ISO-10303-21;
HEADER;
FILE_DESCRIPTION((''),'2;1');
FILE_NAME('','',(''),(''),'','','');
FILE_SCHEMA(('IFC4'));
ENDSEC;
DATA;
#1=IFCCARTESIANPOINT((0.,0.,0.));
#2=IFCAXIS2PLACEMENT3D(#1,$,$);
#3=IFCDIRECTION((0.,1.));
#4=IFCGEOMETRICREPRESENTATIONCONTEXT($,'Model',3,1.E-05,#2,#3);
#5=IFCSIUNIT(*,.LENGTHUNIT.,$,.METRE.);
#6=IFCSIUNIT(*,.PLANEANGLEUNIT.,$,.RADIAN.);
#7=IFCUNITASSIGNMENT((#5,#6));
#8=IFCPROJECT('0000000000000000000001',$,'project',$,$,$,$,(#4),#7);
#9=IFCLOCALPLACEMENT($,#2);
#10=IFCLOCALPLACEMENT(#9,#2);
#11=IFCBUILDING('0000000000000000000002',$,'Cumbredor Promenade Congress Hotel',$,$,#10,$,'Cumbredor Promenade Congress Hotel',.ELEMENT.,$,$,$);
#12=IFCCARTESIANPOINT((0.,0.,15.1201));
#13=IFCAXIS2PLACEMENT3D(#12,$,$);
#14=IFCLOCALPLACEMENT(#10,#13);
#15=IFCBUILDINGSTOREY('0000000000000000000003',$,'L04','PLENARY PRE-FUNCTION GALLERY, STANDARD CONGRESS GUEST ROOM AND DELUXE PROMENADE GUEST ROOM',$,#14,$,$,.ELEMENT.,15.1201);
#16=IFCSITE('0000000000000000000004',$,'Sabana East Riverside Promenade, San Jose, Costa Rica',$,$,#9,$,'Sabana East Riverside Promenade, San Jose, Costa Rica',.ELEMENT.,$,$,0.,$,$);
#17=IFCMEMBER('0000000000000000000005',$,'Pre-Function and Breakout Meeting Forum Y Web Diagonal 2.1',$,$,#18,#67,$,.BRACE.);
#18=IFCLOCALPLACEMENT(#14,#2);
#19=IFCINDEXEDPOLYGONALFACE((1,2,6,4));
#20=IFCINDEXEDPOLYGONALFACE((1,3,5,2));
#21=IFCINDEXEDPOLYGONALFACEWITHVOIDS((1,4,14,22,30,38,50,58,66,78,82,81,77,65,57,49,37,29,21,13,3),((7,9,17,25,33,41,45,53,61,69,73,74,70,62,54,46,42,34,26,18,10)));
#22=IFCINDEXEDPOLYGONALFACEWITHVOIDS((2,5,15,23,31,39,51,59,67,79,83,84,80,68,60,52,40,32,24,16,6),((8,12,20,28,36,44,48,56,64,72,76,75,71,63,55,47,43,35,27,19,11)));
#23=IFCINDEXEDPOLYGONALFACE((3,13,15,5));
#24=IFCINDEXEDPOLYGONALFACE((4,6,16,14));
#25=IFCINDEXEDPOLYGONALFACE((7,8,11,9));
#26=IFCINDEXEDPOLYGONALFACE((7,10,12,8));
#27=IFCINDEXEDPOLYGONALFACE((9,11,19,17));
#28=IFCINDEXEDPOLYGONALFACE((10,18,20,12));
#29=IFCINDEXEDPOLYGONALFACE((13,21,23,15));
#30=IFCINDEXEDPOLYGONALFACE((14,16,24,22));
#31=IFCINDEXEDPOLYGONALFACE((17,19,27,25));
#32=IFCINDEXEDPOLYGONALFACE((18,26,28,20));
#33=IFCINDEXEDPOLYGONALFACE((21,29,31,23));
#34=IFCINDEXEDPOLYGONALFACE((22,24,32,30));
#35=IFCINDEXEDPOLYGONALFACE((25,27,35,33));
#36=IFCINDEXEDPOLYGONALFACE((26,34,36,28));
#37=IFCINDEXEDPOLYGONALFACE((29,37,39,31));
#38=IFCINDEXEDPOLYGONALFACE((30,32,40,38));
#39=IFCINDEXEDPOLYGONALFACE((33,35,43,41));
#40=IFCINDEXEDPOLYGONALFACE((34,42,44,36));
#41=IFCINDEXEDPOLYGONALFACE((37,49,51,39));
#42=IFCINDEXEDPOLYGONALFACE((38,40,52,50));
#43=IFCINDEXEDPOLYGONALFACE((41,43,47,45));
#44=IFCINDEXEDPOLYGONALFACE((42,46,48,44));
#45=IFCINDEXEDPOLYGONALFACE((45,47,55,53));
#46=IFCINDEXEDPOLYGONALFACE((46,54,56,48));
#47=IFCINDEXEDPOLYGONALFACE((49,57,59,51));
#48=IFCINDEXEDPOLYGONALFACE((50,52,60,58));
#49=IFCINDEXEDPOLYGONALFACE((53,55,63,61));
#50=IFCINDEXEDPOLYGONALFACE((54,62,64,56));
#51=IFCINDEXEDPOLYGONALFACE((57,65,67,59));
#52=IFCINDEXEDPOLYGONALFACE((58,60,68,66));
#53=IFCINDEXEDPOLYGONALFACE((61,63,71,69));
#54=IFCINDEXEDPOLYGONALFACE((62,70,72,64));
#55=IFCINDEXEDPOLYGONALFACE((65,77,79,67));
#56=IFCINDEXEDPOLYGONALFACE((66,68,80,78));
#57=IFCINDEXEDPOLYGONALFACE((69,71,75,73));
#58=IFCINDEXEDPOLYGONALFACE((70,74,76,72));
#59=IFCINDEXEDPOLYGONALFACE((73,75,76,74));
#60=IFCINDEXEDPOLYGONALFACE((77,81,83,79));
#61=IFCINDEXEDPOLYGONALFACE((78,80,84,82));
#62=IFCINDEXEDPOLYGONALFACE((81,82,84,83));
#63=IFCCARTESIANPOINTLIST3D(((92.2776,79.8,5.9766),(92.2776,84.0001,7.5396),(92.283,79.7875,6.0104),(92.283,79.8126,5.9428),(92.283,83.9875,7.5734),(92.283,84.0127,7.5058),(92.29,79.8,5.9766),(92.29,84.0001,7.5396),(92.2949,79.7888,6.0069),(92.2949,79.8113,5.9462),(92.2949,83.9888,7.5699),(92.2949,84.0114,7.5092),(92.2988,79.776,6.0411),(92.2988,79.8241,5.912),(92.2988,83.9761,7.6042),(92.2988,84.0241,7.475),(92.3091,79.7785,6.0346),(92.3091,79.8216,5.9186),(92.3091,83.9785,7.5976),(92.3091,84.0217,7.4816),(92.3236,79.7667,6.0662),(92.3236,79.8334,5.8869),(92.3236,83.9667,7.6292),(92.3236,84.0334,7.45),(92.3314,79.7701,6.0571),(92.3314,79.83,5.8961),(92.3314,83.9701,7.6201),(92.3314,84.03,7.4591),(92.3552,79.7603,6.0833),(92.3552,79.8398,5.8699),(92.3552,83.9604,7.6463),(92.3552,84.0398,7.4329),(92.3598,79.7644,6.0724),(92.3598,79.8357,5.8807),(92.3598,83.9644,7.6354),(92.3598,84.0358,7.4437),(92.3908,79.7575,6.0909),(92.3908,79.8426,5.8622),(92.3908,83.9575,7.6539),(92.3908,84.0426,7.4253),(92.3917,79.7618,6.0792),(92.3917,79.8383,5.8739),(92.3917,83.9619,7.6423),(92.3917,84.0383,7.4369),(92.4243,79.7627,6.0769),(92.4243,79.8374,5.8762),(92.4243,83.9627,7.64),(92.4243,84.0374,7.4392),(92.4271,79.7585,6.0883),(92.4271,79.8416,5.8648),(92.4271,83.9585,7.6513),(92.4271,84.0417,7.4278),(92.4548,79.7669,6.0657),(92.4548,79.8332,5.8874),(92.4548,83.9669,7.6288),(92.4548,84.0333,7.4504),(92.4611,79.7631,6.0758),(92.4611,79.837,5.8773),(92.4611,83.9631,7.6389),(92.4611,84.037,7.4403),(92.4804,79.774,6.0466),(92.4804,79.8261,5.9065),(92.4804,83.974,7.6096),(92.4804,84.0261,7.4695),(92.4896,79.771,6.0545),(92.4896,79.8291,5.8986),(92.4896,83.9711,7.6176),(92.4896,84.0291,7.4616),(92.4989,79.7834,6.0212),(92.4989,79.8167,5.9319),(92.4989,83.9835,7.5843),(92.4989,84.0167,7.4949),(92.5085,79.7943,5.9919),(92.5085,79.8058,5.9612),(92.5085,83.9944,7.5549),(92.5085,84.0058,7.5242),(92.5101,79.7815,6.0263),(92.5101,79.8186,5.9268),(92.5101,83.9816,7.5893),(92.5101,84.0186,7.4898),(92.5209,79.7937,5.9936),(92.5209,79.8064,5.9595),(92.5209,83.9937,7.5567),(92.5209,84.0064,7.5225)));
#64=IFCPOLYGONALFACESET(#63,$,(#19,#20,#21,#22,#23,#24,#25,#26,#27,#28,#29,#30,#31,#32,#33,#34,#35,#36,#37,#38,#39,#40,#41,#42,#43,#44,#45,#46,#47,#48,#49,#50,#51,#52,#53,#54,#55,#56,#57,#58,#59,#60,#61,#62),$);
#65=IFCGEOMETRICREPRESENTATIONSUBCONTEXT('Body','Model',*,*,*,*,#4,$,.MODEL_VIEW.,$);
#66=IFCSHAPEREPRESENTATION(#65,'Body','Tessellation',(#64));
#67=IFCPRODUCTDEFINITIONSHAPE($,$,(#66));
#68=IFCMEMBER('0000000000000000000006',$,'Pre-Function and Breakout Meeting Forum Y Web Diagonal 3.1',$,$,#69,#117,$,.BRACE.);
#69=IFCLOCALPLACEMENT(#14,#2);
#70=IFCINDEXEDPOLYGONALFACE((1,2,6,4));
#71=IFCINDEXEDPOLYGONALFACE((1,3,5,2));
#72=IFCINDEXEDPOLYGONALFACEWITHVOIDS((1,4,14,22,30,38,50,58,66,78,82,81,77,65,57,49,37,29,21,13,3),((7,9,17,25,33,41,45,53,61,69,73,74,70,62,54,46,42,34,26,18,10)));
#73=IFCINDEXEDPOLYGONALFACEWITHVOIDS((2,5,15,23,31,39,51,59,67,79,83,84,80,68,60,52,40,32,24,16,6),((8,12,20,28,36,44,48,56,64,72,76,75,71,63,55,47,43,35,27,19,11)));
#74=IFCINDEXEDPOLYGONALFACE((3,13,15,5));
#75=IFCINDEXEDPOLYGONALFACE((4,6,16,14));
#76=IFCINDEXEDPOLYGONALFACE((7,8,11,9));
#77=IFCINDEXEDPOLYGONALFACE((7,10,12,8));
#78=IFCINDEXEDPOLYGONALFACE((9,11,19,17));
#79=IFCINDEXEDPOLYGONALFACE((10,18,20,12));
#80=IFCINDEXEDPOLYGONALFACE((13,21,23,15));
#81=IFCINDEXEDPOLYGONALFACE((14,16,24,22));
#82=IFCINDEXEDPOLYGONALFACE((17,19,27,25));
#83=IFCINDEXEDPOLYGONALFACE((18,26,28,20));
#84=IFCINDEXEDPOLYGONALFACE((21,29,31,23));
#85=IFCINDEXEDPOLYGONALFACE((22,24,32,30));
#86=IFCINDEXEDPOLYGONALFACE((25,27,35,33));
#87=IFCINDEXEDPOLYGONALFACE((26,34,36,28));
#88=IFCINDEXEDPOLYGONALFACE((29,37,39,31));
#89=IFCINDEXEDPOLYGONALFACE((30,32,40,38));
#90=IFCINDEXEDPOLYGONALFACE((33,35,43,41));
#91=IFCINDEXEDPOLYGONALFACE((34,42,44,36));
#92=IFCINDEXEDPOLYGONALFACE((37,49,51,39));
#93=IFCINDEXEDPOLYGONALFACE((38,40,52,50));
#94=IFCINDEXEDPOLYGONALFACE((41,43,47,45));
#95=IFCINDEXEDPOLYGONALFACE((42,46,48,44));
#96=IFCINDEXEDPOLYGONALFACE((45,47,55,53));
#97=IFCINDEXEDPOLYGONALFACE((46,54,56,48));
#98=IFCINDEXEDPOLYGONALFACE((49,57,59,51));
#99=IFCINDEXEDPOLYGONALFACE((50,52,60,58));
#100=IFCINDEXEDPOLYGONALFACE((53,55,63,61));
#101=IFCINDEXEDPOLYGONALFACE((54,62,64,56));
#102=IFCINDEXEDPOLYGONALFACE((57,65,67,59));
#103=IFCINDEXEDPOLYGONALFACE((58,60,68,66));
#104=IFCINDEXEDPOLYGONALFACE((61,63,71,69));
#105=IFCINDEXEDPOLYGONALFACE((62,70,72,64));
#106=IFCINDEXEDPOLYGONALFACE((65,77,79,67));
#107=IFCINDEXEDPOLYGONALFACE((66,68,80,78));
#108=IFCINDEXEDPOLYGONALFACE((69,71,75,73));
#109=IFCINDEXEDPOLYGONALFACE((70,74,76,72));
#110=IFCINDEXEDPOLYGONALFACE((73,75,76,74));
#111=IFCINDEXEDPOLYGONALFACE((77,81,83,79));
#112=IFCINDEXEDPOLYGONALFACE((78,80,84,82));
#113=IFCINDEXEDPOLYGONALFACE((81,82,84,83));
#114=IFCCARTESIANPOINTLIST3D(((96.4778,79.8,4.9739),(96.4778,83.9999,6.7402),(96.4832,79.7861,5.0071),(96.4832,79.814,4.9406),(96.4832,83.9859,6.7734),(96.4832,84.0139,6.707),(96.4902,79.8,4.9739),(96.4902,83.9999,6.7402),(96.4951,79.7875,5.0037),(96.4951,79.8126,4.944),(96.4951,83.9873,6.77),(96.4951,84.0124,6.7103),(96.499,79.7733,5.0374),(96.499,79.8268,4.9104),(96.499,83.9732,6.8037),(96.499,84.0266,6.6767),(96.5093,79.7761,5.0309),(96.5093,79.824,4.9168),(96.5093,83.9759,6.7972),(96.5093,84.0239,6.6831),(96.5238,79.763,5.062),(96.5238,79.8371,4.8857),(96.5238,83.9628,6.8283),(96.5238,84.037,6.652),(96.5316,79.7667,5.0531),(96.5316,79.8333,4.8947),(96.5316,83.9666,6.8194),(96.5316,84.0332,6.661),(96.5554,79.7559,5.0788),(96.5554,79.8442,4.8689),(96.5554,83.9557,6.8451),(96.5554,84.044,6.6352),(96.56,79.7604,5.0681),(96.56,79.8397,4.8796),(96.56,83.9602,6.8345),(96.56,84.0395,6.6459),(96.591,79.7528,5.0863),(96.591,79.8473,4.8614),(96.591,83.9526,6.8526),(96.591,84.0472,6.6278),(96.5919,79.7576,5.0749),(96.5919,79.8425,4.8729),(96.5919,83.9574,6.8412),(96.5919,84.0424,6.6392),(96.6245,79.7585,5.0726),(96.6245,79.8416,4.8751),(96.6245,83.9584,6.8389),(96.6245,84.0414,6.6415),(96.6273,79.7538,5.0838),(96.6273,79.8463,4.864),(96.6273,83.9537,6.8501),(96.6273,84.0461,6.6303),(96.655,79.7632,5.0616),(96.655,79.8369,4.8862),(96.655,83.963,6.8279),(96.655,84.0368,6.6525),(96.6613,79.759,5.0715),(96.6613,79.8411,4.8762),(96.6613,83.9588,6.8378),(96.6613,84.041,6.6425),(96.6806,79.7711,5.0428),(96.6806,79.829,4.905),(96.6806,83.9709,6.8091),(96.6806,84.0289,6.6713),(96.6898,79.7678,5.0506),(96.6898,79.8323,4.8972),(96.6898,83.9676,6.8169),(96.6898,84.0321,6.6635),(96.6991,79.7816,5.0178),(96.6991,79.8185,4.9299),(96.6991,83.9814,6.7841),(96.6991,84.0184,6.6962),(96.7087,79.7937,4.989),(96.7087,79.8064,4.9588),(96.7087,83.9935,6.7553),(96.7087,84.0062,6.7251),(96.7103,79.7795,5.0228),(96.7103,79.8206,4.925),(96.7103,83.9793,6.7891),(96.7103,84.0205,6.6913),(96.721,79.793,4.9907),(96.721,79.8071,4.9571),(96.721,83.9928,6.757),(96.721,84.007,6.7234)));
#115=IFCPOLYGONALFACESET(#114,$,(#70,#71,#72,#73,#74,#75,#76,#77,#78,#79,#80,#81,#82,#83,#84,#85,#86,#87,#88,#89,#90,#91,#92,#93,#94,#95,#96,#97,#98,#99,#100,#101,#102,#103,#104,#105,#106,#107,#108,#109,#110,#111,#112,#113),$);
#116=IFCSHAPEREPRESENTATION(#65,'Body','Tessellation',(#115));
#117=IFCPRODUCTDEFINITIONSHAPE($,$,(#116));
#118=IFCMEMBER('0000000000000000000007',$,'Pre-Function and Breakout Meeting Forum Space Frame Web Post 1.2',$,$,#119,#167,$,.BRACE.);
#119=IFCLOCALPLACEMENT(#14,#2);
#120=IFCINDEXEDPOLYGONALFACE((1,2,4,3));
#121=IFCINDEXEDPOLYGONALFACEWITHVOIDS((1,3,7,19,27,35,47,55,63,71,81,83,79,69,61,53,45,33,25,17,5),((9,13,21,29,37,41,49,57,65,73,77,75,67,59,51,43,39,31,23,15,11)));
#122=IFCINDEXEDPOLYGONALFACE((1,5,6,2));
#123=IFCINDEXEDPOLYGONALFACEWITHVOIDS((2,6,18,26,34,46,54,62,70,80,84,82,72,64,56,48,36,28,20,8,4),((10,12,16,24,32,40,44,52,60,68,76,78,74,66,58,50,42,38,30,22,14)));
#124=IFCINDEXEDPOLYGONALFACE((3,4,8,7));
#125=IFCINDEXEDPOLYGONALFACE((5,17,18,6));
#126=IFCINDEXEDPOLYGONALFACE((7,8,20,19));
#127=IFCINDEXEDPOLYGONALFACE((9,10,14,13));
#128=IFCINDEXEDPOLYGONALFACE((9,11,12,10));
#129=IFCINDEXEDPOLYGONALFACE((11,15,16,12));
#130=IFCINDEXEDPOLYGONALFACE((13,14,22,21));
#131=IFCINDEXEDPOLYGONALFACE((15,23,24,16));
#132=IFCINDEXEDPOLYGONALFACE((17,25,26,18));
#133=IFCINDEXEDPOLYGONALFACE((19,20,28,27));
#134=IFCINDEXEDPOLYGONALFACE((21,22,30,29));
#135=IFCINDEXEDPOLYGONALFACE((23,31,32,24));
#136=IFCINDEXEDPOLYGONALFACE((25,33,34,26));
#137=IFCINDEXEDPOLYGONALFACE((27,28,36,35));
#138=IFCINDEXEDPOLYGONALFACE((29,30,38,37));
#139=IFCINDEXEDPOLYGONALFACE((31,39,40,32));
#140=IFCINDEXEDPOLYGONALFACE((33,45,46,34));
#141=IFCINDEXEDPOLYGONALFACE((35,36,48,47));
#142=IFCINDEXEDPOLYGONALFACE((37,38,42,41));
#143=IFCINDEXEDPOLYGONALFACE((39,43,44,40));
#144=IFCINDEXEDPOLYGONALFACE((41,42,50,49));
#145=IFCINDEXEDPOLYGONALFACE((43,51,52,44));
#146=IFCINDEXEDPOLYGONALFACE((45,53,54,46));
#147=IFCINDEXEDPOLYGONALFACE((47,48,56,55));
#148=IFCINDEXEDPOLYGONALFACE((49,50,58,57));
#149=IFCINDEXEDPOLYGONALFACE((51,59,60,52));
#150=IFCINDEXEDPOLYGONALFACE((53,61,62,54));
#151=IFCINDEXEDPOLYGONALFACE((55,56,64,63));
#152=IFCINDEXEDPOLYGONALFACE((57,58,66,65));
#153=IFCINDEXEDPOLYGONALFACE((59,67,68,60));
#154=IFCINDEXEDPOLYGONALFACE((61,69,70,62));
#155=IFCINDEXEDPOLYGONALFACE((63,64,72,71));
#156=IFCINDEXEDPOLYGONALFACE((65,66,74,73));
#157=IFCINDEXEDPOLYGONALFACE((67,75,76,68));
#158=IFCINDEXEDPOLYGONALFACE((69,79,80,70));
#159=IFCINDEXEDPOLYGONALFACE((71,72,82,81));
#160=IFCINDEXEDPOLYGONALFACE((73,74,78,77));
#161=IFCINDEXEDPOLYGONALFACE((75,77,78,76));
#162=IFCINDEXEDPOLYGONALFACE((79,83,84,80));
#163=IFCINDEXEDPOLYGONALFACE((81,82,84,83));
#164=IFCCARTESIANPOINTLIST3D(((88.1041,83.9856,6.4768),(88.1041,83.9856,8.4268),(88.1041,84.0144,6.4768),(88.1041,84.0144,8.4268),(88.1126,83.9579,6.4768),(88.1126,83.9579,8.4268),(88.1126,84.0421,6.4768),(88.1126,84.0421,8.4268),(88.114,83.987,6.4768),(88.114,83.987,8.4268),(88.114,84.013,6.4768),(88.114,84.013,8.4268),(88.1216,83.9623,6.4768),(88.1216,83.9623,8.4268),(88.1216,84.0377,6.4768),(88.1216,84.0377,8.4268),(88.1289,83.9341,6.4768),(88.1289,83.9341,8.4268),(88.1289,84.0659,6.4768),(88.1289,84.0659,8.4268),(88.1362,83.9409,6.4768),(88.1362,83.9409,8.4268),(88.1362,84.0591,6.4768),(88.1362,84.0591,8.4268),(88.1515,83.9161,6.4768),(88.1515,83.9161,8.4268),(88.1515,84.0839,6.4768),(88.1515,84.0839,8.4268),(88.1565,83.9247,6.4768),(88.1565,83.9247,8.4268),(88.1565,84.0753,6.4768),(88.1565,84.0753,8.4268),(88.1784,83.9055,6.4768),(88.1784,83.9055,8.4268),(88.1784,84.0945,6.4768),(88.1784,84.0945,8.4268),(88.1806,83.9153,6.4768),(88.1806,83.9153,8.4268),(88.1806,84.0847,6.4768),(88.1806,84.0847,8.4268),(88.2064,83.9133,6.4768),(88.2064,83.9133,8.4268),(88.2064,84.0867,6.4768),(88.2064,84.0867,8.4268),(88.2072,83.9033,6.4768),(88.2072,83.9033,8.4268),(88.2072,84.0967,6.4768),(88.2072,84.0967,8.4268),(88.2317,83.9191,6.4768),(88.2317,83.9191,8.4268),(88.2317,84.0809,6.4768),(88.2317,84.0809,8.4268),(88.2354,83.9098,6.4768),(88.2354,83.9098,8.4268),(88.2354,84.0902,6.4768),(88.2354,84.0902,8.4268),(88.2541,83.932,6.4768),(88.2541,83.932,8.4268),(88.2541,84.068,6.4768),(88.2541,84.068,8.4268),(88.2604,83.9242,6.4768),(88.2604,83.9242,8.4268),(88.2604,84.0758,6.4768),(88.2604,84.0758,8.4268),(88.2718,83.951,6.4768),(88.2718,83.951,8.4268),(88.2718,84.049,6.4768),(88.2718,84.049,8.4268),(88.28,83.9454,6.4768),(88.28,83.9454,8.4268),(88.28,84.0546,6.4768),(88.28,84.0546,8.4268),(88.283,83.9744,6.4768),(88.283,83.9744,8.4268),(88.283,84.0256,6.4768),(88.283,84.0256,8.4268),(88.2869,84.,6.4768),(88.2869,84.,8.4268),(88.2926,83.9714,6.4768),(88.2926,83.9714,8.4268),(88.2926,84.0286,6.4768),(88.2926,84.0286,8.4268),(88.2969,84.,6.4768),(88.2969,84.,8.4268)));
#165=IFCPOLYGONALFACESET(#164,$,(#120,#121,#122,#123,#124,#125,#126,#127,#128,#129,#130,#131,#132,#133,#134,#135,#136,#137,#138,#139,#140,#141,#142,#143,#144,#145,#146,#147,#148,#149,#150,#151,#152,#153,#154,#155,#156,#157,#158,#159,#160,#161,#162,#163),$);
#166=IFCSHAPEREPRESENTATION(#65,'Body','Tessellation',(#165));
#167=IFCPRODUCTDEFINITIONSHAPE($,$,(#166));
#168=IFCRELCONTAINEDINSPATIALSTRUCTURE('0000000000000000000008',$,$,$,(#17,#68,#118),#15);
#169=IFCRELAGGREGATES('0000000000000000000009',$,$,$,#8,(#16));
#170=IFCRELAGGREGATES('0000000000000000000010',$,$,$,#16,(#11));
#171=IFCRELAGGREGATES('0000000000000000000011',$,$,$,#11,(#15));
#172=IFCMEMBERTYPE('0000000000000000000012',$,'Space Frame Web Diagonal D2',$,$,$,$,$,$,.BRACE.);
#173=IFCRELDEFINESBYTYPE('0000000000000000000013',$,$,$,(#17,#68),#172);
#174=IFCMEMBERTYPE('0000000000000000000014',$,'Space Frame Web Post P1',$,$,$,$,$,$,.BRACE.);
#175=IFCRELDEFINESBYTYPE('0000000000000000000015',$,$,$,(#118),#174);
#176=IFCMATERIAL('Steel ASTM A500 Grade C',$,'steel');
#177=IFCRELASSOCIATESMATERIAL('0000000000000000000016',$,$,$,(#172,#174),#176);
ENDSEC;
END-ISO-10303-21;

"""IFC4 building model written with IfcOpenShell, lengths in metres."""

from ifc_helpers import new_model, si_unit, direction, frame, origin, origin_2d, place, context, subcontext, project, spatial, hollow_circle, extrude, material, material_profile, profile_set, type_object, element, save


model = new_model("IFC4")

# Units and contexts
model_context = context("Model", 3, precision=1e-05, world=origin(), true_north=direction((0.0, 1.0)))
body_context = subcontext(model_context, "Body", "Model", "MODEL_VIEW")
ifc_project = project(units=[si_unit("LENGTHUNIT", "METRE"), si_unit("PLANEANGLEUNIT", "RADIAN")], contexts=[model_context])

# Site, building, storey
site_placement = place(None, origin())
site = spatial("IfcSite", under=ifc_project, at=site_placement, Name="Sabana East Riverside Promenade, San Jose, Costa Rica", LongName="Sabana East Riverside Promenade, San Jose, Costa Rica", CompositionType="ELEMENT", RefElevation=0.0)
building_placement = place(site_placement, origin())
building = spatial("IfcBuilding", under=site, at=building_placement, Name="Cumbredor Promenade Congress Hotel", LongName="Cumbredor Promenade Congress Hotel", CompositionType="ELEMENT")
storey_placement = place(building_placement, frame((0.0, 0.0, 15.1201)))
storey = spatial("IfcBuildingStorey", under=building, at=storey_placement, Name="L04", Description="PLENARY PRE-FUNCTION GALLERY, STANDARD CONGRESS GUEST ROOM AND DELUXE PROMENADE GUEST ROOM", CompositionType="ELEMENT", Elevation=15.1201)

# Members
ifc_material_1 = material(Name="Steel ASTM A500 Grade C", Category="steel")
ifc_material_profile_1 = material_profile(ifc_material_1, hollow_circle(Radius=0.1223, WallThickness=0.0125, at=origin_2d()), Name="CHS 244.5x12.5")
ifc_profile_set_1 = profile_set([ifc_material_profile_1], Name="Steel ASTM A500 Grade C")
member_type_1 = type_object("IfcMemberType", Name="Space Frame Web Diagonal D2", PredefinedType="BRACE", material=ifc_profile_set_1)
member_1_placement = place(storey_placement, frame((92.3999, 79.8, 5.9766), z_axis=(0.0, 0.937206, 0.348776), x_axis=(-1.0, 0.0, 0.0)))
element("IfcMember", 1, at=member_1_placement, inside=storey, type_object=member_type_1, Name="Pre-Function and Breakout Meeting Forum Y Web Diagonal 2.1", PredefinedType="BRACE", context=body_context, shape_type="SweptSolid", body=[
    extrude(hollow_circle(Radius=0.1223, WallThickness=0.0125, at=origin_2d()), origin(), (0.0, 0.0, 1.0), 4.4814),
])
member_2_placement = place(storey_placement, frame((96.6001, 79.8, 4.9739), z_axis=(0.0, 0.921796, 0.387676), x_axis=(-1.0, 0.0, 0.0)))
element("IfcMember", 2, at=member_2_placement, inside=storey, type_object=member_type_1, Name="Pre-Function and Breakout Meeting Forum Y Web Diagonal 3.1", PredefinedType="BRACE", context=body_context, shape_type="SweptSolid", body=[
    extrude(hollow_circle(Radius=0.1223, WallThickness=0.0125, at=origin_2d()), origin(), (0.0, 0.0, 1.0), 4.5562),
])
ifc_material_profile_2 = material_profile(ifc_material_1, hollow_circle(Radius=0.0969, WallThickness=0.01, at=origin_2d()), Name="CHS 193.7x10")
ifc_profile_set_2 = profile_set([ifc_material_profile_2], Name="Steel ASTM A500 Grade C")
member_type_2 = type_object("IfcMemberType", Name="Space Frame Web Post P1", PredefinedType="BRACE", material=ifc_profile_set_2)
for number, where, z_axis, x_axis, name in (
    (3, (88.2, 84.0, 6.4768), (0.0, 0.0, 1.0), (1.0, 0.0, 0.0), "Pre-Function and Breakout Meeting Forum Space Frame Web Post 1.2"),
):
    element("IfcMember", number, at=place(storey_placement, frame(where, z_axis=z_axis, x_axis=x_axis)), inside=storey, type_object=member_type_2, Name=name, PredefinedType="BRACE", context=body_context, shape_type="SweptSolid", body=[
        extrude(hollow_circle(Radius=0.0969, WallThickness=0.01, at=origin_2d()), origin(), (0.0, 0.0, 1.0), 1.95),
    ])

save(model, "model.ifc")
